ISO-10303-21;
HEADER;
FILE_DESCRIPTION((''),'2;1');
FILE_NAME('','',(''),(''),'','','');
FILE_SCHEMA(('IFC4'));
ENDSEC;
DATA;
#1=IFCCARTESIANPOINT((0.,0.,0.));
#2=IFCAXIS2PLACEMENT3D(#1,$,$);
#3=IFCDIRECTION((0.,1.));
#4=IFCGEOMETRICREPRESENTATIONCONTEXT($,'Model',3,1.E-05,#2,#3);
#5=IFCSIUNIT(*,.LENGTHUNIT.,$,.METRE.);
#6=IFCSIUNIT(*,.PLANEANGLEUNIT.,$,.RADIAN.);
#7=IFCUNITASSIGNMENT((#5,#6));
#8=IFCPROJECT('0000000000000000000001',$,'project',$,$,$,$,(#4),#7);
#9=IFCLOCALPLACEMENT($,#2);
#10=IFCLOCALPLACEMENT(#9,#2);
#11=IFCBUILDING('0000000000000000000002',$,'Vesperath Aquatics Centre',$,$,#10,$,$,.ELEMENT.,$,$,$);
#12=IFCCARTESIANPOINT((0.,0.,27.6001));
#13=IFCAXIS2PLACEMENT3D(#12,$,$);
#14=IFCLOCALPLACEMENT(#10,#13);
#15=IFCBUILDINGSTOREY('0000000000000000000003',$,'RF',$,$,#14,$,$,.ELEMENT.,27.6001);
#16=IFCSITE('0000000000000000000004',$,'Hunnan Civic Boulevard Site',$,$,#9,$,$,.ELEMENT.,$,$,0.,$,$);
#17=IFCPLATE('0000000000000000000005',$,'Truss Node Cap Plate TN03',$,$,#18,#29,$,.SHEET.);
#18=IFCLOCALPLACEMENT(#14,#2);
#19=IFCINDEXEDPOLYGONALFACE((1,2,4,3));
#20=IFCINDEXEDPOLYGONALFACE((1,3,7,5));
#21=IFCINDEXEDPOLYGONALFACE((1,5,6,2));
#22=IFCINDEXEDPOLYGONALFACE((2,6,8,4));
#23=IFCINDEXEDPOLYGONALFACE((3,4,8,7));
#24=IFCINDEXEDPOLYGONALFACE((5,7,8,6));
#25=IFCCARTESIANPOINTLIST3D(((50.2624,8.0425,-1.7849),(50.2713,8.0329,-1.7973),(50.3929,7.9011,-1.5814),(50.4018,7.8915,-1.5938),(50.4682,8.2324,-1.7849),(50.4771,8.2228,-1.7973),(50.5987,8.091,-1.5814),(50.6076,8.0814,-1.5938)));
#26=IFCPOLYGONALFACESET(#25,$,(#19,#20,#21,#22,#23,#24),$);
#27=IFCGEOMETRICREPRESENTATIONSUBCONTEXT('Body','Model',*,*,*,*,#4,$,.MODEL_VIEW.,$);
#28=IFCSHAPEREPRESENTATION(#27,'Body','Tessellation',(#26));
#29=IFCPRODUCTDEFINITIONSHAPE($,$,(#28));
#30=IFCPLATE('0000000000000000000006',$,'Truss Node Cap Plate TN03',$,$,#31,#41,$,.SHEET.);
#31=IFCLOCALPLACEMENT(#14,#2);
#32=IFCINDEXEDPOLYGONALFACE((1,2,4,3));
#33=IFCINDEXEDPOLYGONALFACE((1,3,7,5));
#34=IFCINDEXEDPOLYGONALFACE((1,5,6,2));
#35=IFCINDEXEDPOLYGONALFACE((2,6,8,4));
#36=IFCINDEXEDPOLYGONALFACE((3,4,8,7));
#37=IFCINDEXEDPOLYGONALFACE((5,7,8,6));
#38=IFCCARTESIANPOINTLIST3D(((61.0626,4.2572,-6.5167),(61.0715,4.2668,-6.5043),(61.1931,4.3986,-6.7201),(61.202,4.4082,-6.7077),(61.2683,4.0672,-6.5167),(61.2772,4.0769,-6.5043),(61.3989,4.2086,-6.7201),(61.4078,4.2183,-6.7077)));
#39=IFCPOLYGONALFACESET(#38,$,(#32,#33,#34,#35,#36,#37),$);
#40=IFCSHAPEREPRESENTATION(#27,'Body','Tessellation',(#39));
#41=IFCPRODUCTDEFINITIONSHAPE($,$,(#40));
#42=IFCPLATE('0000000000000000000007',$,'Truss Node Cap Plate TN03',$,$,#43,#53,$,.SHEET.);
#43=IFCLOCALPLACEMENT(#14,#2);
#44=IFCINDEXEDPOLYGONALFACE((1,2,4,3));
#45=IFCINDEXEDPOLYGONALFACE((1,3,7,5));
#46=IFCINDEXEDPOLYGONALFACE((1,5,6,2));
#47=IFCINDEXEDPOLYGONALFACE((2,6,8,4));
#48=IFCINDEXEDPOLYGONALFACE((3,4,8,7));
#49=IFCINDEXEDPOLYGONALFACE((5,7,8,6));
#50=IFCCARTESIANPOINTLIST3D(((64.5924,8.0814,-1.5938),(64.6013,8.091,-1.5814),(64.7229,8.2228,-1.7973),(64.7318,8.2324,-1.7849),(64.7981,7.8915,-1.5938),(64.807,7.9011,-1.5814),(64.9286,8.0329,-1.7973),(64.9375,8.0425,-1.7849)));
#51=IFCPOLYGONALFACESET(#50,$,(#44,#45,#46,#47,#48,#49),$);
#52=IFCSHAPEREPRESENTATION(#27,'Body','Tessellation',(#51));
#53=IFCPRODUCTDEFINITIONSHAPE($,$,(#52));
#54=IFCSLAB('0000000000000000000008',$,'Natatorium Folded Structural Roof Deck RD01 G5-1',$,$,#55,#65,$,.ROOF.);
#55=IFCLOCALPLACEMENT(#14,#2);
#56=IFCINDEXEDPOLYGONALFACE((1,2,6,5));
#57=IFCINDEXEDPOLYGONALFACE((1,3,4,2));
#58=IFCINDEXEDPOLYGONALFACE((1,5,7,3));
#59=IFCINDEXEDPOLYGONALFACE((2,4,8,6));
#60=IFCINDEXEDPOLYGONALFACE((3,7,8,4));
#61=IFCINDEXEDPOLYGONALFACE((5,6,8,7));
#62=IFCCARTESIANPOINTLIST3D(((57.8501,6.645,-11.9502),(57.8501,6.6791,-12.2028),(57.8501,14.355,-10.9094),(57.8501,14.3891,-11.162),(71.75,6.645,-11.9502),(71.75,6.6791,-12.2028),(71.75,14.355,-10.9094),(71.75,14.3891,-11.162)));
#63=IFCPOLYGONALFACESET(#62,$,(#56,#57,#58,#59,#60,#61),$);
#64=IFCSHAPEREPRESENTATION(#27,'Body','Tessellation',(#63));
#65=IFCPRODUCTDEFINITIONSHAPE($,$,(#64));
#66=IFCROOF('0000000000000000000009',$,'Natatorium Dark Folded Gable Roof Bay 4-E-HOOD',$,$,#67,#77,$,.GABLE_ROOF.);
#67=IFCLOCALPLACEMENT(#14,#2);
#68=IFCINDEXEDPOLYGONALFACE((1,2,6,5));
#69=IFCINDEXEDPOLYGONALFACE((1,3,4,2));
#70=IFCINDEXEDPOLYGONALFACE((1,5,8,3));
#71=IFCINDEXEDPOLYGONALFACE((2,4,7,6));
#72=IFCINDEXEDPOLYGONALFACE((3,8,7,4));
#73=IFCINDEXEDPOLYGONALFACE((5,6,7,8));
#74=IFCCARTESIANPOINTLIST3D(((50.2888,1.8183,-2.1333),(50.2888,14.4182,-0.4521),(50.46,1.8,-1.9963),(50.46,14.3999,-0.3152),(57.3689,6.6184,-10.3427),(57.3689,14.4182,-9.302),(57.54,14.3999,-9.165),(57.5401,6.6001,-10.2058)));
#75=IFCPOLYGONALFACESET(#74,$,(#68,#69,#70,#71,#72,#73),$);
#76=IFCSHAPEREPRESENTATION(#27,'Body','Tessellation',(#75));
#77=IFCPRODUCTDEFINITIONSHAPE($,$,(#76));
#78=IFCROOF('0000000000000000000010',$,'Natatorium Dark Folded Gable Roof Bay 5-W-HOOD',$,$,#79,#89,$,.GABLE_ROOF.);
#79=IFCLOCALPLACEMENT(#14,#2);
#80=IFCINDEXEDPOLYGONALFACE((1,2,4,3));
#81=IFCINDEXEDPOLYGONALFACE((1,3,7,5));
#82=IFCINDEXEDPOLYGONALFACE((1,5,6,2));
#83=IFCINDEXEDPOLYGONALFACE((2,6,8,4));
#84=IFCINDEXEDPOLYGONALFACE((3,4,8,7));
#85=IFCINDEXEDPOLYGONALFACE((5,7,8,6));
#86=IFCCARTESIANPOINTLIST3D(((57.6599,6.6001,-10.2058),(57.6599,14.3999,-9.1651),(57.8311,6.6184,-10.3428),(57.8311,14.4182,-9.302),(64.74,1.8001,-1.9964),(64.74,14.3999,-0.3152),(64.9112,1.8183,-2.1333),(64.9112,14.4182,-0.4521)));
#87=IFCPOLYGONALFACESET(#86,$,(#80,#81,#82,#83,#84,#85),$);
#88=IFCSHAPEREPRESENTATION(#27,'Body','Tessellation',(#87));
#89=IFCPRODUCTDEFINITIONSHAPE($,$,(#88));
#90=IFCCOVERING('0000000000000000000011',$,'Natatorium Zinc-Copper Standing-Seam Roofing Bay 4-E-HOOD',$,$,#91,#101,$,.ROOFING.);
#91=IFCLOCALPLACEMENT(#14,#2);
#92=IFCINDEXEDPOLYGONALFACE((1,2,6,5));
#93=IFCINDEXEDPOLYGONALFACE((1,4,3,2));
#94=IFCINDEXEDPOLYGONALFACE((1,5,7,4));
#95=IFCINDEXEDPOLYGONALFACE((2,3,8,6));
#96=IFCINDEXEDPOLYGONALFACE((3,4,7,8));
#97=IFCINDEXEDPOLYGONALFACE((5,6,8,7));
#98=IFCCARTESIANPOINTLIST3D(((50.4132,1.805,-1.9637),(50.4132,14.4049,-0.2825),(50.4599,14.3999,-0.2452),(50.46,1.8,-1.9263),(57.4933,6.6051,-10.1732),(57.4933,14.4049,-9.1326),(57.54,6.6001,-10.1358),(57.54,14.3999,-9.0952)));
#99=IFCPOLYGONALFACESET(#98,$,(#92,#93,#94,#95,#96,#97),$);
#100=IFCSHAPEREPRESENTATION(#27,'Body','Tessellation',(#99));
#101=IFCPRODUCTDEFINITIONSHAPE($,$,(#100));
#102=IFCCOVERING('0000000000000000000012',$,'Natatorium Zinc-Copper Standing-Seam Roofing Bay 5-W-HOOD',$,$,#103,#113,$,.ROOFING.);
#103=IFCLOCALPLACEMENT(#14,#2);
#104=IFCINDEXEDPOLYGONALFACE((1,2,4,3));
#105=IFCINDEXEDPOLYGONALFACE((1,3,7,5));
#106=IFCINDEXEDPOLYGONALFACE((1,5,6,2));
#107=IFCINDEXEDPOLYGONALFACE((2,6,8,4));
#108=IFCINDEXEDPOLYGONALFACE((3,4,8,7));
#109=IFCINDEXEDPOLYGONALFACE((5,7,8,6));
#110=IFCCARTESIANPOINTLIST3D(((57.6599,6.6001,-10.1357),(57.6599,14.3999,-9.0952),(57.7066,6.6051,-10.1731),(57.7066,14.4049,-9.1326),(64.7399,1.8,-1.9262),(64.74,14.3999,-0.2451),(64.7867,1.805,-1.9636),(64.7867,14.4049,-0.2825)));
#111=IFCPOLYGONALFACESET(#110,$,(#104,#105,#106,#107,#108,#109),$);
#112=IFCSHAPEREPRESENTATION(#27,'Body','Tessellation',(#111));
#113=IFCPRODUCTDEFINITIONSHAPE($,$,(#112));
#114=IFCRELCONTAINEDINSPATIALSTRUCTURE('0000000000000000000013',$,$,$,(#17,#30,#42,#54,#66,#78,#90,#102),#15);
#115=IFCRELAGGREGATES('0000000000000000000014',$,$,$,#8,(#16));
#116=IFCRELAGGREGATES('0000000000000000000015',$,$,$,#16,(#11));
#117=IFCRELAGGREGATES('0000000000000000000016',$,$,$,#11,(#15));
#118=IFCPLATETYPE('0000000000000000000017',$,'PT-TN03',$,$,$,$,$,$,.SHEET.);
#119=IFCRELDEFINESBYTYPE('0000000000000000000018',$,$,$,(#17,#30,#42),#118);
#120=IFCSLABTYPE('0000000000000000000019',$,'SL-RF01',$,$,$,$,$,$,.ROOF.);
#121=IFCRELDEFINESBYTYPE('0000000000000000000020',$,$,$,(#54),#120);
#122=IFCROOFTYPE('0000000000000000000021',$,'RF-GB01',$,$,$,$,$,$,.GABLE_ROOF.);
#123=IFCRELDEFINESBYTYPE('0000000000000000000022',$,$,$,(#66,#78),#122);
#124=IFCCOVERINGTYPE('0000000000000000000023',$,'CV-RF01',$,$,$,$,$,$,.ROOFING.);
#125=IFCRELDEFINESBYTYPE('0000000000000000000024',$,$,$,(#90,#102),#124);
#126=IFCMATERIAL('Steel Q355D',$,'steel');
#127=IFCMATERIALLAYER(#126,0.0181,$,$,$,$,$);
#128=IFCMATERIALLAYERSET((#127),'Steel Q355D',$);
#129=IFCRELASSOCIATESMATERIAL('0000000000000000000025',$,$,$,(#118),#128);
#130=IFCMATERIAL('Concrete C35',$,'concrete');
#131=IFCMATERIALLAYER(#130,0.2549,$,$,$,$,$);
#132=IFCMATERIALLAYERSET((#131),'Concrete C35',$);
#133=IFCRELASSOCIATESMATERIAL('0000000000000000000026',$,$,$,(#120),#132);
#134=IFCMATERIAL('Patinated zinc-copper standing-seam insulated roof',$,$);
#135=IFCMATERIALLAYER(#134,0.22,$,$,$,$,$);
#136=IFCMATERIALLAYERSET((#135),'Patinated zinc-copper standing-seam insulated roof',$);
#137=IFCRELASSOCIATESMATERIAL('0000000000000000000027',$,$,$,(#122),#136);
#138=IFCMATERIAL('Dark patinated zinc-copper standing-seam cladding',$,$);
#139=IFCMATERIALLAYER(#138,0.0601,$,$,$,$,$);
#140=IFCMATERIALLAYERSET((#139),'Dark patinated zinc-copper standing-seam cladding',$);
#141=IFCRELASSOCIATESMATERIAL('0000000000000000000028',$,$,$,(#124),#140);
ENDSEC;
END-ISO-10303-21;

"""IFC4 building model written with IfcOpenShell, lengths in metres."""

from ifc_helpers import new_model, si_unit, direction, frame, origin, origin_2d, place, context, subcontext, project, spatial, polyline, rectangle, outline, extrude, material, layer, layer_set, type_object, element, save


model = new_model("IFC4")

# Units and contexts
model_context = context("Model", 3, precision=1e-05, world=origin(), true_north=direction((0.0, 1.0)))
body_context = subcontext(model_context, "Body", "Model", "MODEL_VIEW")
ifc_project = project(units=[si_unit("LENGTHUNIT", "METRE"), si_unit("PLANEANGLEUNIT", "RADIAN")], contexts=[model_context])

# Site, building, storey
site_placement = place(None, origin())
site = spatial("IfcSite", under=ifc_project, at=site_placement, Name="Hunnan Civic Boulevard Site", CompositionType="ELEMENT", RefElevation=0.0)
building_placement = place(site_placement, origin())
building = spatial("IfcBuilding", under=site, at=building_placement, Name="Vesperath Aquatics Centre", CompositionType="ELEMENT")
storey_placement = place(building_placement, frame((0.0, 0.0, 27.6001)))
storey = spatial("IfcBuildingStorey", under=building, at=storey_placement, Name="RF", CompositionType="ELEMENT", Elevation=27.6001)

# Shared definitions
ifc_material_1 = material(Name="Steel Q355D", Category="steel")

# Plates
ifc_layer_1 = layer(ifc_material_1, 0.0181)
ifc_layer_set_1 = layer_set([ifc_layer_1], Name="Steel Q355D")
plate_type_1 = type_object("IfcPlateType", Name="PT-TN03", PredefinedType="SHEET", material=ifc_layer_set_1)
for number, where, z_axis, x_axis, name in (
    (1, (50.4395, 8.0571, -1.6956), (-0.492765, 0.533829, 0.687175), (-0.734803, -0.67828, 0.0), "Truss Node Cap Plate TN03"),
    (2, (61.2307, 4.2329, -6.6184), (0.492765, 0.533829, 0.687175), (-0.734803, 0.67828, 0.0), "Truss Node Cap Plate TN03"),
    (3, (64.7605, 8.0571, -1.6956), (0.492765, 0.533829, 0.687175), (-0.734803, 0.67828, 0.0), "Truss Node Cap Plate TN03"),
):
    element("IfcPlate", number, at=place(storey_placement, frame(where, z_axis=z_axis, x_axis=x_axis)), inside=storey, type_object=plate_type_1, Name=name, PredefinedType="SHEET", context=body_context, shape_type="SweptSolid", body=[
        extrude(rectangle(XDim=0.28, YDim=0.28, at=origin_2d()), origin(), (0.0, 0.0, 1.0), 0.0181),
    ])

# Slab
ifc_material_2 = material(Name="Concrete C35", Category="concrete")
ifc_layer_2 = layer(ifc_material_2, 0.2549)
ifc_layer_set_2 = layer_set([ifc_layer_2], Name="Concrete C35")
slab_type = type_object("IfcSlabType", Name="SL-RF01", PredefinedType="ROOF", material=ifc_layer_set_2)
slab_placement = place(storey_placement, frame((57.8501, 6.645, -11.9502), z_axis=(0.0, -0.133777, 0.991011), x_axis=(1.0, 0.0, 0.0)))
element("IfcSlab", 4, at=slab_placement, inside=storey, type_object=slab_type, Name="Natatorium Folded Structural Roof Deck RD01 G5-1", PredefinedType="ROOF", context=body_context, shape_type="SweptSolid", body=[
    extrude(outline(polyline([(0.0, 0.0), (13.8999, 0.0), (13.8999, 7.7799), (0.0, 7.7799), (0.0, 0.0)])), origin(), (0.0, 0.0, -1.0), 0.2549),
])

# Roofs
ifc_material_3 = material(Name="Patinated zinc-copper standing-seam insulated roof")
ifc_layer_3 = layer(ifc_material_3, 0.22)
ifc_layer_set_3 = layer_set([ifc_layer_3], Name="Patinated zinc-copper standing-seam insulated roof")
roof_type = type_object("IfcRoofType", Name="RF-GB01", PredefinedType="GABLE_ROOF", material=ifc_layer_set_3)
roof_1_placement = place(storey_placement, frame((50.46, 1.8, -1.9963), z_axis=(0.778163, -0.083066, 0.622545), x_axis=(0.597177, 0.404864, -0.692434)))
element("IfcRoof", 5, at=roof_1_placement, inside=storey, type_object=roof_type, Name="Natatorium Dark Folded Gable Roof Bay 4-E-HOOD", PredefinedType="GABLE_ROOF", context=body_context, shape_type="SweptSolid", body=[
    extrude(outline(polyline([(0.0, 0.0), (11.8559, 0.0), (14.2931, 7.482), (3.9371, 12.0864), (0.0, 0.0)])), origin(), (0.0, 0.0, -1.0), 0.22),
])
roof_2_placement = place(storey_placement, frame((57.6599, 6.6001, -10.2058), z_axis=(-0.778163, -0.083066, 0.622545), x_axis=(0.597177, -0.404864, 0.692434)))
element("IfcRoof", 6, at=roof_2_placement, inside=storey, type_object=roof_type, Name="Natatorium Dark Folded Gable Roof Bay 5-W-HOOD", PredefinedType="GABLE_ROOF", context=body_context, shape_type="SweptSolid", body=[
    extrude(outline(polyline([(0.0, 0.0), (11.8559, 0.0), (7.9188, 12.0864), (-2.4372, 7.482), (0.0, 0.0)])), origin(), (0.0, 0.0, -1.0), 0.22),
])

# Coverings
ifc_material_4 = material(Name="Dark patinated zinc-copper standing-seam cladding")
ifc_layer_4 = layer(ifc_material_4, 0.0601)
ifc_layer_set_4 = layer_set([ifc_layer_4], Name="Dark patinated zinc-copper standing-seam cladding")
covering_type = type_object("IfcCoveringType", Name="CV-RF01", PredefinedType="ROOFING", material=ifc_layer_set_4)
covering_1_placement = place(storey_placement, frame((50.46, 1.8, -1.9263), z_axis=(0.778167, -0.083058, 0.622541), x_axis=(0.597171, 0.404865, -0.692439)))
element("IfcCovering", 7, at=covering_1_placement, inside=storey, type_object=covering_type, Name="Natatorium Zinc-Copper Standing-Seam Roofing Bay 4-E-HOOD", PredefinedType="ROOFING", context=body_context, shape_type="SweptSolid", body=[
    extrude(outline(polyline([(0.0, 0.0), (11.8559, 0.0), (14.2933, 7.4819), (3.9371, 12.0864), (0.0, 0.0)])), origin(), (0.0, 0.0, -1.0), 0.0601),
])
covering_2_placement = place(storey_placement, frame((57.6599, 6.6001, -10.1357), z_axis=(-0.778167, -0.083058, 0.622541), x_axis=(0.597171, -0.404865, 0.692439)))
element("IfcCovering", 8, at=covering_2_placement, inside=storey, type_object=covering_type, Name="Natatorium Zinc-Copper Standing-Seam Roofing Bay 5-W-HOOD", PredefinedType="ROOFING", context=body_context, shape_type="SweptSolid", body=[
    extrude(outline(polyline([(0.0, 0.0), (11.8559, 0.0), (7.9188, 12.0864), (-2.4374, 7.4819), (0.0, 0.0)])), origin(), (0.0, 0.0, -1.0), 0.0601),
])

save(model, "model.ifc")
